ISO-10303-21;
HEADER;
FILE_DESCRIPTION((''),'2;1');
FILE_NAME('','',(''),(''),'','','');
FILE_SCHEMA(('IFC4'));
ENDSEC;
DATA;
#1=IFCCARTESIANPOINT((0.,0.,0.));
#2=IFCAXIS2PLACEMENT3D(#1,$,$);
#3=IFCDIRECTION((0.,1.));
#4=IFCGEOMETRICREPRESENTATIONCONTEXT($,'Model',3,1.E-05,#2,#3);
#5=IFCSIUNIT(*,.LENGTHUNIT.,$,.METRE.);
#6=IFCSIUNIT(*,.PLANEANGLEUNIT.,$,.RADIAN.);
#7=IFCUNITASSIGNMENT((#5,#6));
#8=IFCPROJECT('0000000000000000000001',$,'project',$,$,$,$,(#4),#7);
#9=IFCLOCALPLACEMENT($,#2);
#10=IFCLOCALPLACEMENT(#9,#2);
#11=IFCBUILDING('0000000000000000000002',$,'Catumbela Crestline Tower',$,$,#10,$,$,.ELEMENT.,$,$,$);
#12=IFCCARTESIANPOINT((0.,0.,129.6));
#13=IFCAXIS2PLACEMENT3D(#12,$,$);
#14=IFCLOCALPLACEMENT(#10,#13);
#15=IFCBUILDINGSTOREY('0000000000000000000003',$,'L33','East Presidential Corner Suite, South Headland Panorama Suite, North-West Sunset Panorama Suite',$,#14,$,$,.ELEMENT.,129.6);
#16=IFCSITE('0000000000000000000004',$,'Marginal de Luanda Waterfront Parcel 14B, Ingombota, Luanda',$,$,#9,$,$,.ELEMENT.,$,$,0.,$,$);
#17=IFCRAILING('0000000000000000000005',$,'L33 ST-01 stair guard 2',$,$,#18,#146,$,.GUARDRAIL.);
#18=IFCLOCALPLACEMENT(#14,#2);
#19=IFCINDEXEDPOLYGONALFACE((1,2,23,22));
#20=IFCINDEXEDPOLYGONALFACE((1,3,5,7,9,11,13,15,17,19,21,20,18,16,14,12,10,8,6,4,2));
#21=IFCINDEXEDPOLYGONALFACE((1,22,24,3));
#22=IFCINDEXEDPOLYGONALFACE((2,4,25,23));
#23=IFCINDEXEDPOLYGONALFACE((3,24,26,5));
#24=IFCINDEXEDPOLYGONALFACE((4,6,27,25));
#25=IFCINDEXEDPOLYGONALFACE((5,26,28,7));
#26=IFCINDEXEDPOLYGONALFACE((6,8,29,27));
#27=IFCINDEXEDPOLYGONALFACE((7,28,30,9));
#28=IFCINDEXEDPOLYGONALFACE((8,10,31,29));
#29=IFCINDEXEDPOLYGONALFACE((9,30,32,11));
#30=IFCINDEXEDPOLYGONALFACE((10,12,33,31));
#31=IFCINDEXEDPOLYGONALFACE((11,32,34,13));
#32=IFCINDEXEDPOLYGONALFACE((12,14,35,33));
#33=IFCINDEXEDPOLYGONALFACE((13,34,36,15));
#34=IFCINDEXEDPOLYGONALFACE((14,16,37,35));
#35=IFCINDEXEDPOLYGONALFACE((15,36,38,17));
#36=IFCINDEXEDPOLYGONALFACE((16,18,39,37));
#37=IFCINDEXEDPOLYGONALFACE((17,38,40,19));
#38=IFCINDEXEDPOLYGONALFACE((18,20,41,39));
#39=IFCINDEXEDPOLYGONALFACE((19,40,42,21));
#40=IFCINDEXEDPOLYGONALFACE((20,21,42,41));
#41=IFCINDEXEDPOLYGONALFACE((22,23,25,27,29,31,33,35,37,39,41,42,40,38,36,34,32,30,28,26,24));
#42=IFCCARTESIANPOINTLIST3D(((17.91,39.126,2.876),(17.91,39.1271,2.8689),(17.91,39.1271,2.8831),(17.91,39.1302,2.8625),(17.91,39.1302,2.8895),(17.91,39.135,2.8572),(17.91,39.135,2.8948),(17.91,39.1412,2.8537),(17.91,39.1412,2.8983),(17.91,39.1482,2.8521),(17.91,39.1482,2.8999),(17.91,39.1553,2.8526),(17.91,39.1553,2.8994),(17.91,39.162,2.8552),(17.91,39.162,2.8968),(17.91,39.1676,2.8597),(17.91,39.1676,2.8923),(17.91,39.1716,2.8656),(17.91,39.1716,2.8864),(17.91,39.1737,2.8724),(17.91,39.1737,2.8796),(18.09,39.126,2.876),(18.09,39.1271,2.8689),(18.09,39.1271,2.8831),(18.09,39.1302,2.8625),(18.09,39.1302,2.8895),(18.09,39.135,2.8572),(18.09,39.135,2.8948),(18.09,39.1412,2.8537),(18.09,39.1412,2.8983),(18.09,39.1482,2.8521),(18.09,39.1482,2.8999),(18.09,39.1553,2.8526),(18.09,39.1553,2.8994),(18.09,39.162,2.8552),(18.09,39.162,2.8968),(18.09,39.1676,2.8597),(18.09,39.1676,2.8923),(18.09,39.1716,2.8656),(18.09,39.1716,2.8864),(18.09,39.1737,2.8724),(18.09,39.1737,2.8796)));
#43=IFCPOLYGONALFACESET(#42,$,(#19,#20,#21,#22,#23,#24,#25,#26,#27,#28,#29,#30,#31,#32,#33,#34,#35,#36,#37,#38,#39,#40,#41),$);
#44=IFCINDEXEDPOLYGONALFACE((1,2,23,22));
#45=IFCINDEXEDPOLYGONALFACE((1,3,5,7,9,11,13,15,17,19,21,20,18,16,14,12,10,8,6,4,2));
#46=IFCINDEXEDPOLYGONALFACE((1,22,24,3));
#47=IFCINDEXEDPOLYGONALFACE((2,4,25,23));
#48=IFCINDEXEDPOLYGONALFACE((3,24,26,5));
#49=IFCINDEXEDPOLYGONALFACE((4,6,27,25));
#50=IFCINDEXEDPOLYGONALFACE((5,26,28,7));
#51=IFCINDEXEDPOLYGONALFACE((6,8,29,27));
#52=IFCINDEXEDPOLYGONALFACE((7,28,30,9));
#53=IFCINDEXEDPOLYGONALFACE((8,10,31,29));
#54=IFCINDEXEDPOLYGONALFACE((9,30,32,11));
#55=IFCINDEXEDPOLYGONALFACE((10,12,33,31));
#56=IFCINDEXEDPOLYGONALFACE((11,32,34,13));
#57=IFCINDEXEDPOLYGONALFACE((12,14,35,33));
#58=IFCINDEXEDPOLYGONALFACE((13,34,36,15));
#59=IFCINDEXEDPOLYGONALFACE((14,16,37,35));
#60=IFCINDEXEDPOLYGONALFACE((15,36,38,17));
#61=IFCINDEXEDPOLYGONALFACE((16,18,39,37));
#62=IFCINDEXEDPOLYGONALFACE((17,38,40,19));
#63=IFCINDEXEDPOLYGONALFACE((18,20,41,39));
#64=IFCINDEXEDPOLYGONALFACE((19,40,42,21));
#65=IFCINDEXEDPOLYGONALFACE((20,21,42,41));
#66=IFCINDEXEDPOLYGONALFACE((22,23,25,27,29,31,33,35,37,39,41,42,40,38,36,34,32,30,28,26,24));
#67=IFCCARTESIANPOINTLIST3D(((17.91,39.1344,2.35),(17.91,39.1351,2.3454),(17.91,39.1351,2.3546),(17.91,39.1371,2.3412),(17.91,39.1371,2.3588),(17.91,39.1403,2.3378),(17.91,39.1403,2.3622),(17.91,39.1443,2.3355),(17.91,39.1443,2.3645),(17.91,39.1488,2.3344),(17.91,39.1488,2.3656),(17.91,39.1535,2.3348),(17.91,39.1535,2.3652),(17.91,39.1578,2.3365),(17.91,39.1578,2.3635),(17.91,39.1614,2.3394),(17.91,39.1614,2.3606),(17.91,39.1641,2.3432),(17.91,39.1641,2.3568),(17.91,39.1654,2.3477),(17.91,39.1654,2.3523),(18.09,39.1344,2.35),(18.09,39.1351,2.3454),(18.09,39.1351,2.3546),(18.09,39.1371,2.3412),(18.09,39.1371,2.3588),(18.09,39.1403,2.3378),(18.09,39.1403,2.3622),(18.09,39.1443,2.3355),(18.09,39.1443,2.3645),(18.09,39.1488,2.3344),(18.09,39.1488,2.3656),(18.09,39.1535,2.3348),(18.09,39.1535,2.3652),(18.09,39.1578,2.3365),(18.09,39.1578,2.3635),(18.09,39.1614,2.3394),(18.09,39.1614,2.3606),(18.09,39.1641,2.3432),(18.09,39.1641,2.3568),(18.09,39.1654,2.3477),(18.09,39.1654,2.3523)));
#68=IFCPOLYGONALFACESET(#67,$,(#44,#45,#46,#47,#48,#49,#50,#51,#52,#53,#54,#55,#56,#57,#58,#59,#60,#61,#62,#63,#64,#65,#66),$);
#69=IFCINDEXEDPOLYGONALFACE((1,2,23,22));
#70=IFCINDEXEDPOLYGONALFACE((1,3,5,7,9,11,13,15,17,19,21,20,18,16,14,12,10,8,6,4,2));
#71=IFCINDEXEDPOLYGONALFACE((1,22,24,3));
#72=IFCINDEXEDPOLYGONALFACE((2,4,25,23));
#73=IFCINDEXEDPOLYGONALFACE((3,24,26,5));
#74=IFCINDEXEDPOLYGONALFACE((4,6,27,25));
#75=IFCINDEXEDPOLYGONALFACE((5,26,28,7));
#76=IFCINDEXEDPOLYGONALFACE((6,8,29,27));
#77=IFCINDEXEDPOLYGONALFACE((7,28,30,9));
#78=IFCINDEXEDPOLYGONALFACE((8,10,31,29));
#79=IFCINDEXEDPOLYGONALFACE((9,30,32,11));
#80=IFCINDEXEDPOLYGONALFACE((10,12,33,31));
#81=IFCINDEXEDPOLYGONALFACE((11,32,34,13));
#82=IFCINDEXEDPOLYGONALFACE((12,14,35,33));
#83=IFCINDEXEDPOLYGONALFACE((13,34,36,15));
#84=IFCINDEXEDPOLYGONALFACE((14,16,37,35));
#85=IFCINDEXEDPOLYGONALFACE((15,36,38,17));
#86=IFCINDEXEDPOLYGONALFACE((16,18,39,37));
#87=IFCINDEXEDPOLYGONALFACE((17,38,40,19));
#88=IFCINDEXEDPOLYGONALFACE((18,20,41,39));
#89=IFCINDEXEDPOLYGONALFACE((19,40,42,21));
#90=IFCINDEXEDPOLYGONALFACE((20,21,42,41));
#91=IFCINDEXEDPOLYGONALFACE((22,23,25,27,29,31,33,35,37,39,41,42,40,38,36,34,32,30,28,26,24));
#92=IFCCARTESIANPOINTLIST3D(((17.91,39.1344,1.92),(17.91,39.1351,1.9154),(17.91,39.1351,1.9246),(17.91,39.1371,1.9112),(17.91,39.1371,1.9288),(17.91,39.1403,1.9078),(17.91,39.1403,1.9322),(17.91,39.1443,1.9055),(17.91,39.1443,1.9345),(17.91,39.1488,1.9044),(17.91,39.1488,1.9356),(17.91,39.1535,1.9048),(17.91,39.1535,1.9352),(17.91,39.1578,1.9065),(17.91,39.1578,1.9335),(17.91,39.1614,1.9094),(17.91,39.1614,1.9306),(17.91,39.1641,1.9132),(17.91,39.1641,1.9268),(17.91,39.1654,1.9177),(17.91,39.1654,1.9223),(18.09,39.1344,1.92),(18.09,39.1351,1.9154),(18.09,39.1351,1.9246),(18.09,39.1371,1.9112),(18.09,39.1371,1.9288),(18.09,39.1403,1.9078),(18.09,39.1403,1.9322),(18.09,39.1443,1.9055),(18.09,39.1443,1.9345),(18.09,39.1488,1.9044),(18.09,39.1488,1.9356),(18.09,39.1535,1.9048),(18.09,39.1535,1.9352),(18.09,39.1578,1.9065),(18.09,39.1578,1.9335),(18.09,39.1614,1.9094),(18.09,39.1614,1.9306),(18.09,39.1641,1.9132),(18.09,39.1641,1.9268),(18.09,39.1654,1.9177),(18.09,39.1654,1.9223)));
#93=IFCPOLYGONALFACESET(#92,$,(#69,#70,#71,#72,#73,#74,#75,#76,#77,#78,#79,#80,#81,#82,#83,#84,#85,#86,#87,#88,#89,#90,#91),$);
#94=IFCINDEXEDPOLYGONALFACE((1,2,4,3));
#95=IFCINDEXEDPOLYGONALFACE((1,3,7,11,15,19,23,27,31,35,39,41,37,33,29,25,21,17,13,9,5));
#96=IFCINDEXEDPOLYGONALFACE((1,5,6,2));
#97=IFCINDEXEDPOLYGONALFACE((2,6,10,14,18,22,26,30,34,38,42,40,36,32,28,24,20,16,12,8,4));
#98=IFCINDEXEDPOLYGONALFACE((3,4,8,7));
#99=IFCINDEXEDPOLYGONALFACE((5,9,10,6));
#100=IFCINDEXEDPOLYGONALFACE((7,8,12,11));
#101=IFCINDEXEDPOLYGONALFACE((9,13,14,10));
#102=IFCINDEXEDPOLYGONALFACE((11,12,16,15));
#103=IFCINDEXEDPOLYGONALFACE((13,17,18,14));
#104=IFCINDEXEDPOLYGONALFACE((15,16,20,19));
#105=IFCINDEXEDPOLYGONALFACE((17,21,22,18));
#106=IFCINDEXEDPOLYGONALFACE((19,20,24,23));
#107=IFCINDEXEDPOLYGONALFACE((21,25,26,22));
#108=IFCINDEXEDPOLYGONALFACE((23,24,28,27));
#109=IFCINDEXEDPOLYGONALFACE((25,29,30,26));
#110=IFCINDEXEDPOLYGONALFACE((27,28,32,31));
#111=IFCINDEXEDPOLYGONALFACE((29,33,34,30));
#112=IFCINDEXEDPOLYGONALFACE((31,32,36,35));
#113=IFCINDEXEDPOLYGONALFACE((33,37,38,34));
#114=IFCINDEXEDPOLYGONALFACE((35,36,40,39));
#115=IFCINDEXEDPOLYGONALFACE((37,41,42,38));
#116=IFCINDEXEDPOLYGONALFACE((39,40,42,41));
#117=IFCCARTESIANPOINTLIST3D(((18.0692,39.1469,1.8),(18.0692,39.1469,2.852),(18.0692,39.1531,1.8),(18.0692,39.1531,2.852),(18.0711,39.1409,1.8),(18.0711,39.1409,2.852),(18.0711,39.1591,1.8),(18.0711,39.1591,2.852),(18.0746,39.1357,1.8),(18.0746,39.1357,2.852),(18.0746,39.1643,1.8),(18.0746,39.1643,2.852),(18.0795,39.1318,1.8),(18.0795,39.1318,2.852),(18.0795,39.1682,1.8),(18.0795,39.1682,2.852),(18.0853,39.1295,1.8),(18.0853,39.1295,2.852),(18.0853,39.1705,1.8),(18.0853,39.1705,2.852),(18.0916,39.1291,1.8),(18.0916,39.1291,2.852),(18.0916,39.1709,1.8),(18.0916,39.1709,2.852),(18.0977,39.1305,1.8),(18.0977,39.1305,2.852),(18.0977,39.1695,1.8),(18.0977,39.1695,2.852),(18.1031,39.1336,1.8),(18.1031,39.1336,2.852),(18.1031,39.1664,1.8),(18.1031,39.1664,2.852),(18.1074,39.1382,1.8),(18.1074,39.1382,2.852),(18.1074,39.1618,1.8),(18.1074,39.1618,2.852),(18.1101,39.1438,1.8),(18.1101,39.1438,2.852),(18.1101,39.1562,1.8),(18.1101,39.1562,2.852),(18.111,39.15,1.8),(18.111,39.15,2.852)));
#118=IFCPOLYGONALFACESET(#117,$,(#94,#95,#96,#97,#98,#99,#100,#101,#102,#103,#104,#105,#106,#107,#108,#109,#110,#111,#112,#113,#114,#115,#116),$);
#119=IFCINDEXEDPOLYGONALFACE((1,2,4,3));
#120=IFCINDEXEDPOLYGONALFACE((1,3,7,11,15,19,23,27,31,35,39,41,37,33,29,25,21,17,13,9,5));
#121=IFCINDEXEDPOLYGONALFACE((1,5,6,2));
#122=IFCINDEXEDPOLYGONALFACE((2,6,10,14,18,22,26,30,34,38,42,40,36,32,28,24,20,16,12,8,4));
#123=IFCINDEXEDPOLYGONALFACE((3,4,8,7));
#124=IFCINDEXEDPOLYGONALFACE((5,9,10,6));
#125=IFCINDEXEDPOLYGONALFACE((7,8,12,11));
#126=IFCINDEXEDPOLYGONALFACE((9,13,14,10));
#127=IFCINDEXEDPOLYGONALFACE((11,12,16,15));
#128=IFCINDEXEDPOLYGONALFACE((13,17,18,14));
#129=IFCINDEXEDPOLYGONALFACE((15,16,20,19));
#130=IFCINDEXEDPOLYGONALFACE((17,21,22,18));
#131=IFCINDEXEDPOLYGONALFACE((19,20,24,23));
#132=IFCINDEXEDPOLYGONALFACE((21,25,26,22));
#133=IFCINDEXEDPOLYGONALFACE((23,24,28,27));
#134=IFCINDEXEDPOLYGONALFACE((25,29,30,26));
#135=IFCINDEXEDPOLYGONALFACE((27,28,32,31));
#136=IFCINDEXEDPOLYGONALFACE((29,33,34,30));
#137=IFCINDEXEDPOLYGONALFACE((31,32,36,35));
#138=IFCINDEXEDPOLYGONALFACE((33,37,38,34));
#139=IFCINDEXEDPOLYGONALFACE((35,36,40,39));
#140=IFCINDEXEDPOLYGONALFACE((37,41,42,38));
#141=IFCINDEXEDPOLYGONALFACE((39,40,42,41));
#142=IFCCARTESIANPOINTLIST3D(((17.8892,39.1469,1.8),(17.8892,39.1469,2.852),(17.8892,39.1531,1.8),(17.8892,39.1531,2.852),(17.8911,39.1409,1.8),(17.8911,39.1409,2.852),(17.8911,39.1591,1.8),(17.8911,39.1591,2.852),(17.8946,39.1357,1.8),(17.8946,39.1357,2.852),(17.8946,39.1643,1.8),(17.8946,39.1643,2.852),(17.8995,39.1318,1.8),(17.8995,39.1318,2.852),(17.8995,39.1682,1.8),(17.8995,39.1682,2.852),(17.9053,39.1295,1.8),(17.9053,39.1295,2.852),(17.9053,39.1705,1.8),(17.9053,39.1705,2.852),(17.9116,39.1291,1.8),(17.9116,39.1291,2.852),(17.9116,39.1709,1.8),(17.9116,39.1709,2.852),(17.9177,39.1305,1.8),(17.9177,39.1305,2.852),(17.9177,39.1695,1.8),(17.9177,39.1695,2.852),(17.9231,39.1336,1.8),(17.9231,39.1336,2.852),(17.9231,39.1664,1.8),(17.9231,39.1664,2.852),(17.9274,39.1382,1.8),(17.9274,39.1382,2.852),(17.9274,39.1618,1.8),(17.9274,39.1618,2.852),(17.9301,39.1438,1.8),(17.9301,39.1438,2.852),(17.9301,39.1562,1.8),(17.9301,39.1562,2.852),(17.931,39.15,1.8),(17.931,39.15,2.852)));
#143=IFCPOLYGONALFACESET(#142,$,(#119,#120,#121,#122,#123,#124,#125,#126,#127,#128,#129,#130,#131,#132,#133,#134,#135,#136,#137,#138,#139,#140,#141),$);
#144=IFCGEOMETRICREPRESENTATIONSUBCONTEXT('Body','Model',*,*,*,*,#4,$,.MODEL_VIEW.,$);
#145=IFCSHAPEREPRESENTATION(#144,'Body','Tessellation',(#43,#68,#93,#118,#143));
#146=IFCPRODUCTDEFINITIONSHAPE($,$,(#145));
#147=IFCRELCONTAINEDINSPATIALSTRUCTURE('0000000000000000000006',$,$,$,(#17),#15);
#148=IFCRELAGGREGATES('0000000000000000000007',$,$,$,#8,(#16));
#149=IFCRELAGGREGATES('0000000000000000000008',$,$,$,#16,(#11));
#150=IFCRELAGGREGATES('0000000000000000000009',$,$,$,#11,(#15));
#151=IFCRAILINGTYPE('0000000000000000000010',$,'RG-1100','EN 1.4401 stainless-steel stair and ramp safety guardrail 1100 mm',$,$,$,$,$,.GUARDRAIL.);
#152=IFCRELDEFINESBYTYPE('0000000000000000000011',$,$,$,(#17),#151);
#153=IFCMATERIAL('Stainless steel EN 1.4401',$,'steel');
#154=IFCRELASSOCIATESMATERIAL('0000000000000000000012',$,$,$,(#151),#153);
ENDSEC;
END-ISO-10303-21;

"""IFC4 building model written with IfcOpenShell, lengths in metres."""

from ifc_helpers import new_model, si_unit, direction, frame, origin, origin_2d, place, context, subcontext, project, spatial, circle, extrude, material, type_object, element, save


model = new_model("IFC4")

# Units and contexts
model_context = context("Model", 3, precision=1e-05, world=origin(), true_north=direction((0.0, 1.0)))
body_context = subcontext(model_context, "Body", "Model", "MODEL_VIEW")
ifc_project = project(units=[si_unit("LENGTHUNIT", "METRE"), si_unit("PLANEANGLEUNIT", "RADIAN")], contexts=[model_context])

# Site, building, storey
site_placement = place(None, origin())
site = spatial("IfcSite", under=ifc_project, at=site_placement, Name="Marginal de Luanda Waterfront Parcel 14B, Ingombota, Luanda", CompositionType="ELEMENT", RefElevation=0.0)
building_placement = place(site_placement, origin())
building = spatial("IfcBuilding", under=site, at=building_placement, Name="Catumbela Crestline Tower", CompositionType="ELEMENT")
storey_placement = place(building_placement, frame((0.0, 0.0, 129.6)))
storey = spatial("IfcBuildingStorey", under=building, at=storey_placement, Name="L33", Description="East Presidential Corner Suite, South Headland Panorama Suite, North-West Sunset Panorama Suite", CompositionType="ELEMENT", Elevation=129.6)

# Railing
ifc_material_1 = material(Name="Stainless steel EN 1.4401", Category="steel")
railing_type_1 = type_object("IfcRailingType", Name="RG-1100", Description="EN 1.4401 stainless-steel stair and ramp safety guardrail 1100 mm", PredefinedType="GUARDRAIL", material=ifc_material_1)
railing_1_placement = place(storey_placement, frame((18.09, 39.15, 1.8)))
element("IfcRailing", 1, at=railing_1_placement, inside=storey, type_object=railing_type_1, Name="L33 ST-01 stair guard 2", PredefinedType="GUARDRAIL", context=body_context, shape_type="SweptSolid", body=[
    extrude(circle(Radius=0.024, at=origin_2d()), frame((0.0, 0.0, 1.076), z_axis=(-1.0, 0.0, 0.0), x_axis=(0.0, -1.0, 0.0)), (0.0, 0.0, 1.0), 0.18),
    extrude(circle(Radius=0.0156, at=origin_2d()), frame((0.0, 0.0, 0.55), z_axis=(-1.0, 0.0, 0.0), x_axis=(0.0, -1.0, 0.0)), (0.0, 0.0, 1.0), 0.18),
    extrude(circle(Radius=0.0156, at=origin_2d()), frame((0.0, 0.0, 0.12), z_axis=(-1.0, 0.0, 0.0), x_axis=(0.0, -1.0, 0.0)), (0.0, 0.0, 1.0), 0.18),
    extrude(circle(Radius=0.021, at=origin_2d()), origin(), (0.0, 0.0, 1.0), 1.052),
    extrude(circle(Radius=0.021, at=origin_2d()), frame((-0.18, 0.0, 0.0)), (0.0, 0.0, 1.0), 1.052),
])

save(model, "model.ifc")
